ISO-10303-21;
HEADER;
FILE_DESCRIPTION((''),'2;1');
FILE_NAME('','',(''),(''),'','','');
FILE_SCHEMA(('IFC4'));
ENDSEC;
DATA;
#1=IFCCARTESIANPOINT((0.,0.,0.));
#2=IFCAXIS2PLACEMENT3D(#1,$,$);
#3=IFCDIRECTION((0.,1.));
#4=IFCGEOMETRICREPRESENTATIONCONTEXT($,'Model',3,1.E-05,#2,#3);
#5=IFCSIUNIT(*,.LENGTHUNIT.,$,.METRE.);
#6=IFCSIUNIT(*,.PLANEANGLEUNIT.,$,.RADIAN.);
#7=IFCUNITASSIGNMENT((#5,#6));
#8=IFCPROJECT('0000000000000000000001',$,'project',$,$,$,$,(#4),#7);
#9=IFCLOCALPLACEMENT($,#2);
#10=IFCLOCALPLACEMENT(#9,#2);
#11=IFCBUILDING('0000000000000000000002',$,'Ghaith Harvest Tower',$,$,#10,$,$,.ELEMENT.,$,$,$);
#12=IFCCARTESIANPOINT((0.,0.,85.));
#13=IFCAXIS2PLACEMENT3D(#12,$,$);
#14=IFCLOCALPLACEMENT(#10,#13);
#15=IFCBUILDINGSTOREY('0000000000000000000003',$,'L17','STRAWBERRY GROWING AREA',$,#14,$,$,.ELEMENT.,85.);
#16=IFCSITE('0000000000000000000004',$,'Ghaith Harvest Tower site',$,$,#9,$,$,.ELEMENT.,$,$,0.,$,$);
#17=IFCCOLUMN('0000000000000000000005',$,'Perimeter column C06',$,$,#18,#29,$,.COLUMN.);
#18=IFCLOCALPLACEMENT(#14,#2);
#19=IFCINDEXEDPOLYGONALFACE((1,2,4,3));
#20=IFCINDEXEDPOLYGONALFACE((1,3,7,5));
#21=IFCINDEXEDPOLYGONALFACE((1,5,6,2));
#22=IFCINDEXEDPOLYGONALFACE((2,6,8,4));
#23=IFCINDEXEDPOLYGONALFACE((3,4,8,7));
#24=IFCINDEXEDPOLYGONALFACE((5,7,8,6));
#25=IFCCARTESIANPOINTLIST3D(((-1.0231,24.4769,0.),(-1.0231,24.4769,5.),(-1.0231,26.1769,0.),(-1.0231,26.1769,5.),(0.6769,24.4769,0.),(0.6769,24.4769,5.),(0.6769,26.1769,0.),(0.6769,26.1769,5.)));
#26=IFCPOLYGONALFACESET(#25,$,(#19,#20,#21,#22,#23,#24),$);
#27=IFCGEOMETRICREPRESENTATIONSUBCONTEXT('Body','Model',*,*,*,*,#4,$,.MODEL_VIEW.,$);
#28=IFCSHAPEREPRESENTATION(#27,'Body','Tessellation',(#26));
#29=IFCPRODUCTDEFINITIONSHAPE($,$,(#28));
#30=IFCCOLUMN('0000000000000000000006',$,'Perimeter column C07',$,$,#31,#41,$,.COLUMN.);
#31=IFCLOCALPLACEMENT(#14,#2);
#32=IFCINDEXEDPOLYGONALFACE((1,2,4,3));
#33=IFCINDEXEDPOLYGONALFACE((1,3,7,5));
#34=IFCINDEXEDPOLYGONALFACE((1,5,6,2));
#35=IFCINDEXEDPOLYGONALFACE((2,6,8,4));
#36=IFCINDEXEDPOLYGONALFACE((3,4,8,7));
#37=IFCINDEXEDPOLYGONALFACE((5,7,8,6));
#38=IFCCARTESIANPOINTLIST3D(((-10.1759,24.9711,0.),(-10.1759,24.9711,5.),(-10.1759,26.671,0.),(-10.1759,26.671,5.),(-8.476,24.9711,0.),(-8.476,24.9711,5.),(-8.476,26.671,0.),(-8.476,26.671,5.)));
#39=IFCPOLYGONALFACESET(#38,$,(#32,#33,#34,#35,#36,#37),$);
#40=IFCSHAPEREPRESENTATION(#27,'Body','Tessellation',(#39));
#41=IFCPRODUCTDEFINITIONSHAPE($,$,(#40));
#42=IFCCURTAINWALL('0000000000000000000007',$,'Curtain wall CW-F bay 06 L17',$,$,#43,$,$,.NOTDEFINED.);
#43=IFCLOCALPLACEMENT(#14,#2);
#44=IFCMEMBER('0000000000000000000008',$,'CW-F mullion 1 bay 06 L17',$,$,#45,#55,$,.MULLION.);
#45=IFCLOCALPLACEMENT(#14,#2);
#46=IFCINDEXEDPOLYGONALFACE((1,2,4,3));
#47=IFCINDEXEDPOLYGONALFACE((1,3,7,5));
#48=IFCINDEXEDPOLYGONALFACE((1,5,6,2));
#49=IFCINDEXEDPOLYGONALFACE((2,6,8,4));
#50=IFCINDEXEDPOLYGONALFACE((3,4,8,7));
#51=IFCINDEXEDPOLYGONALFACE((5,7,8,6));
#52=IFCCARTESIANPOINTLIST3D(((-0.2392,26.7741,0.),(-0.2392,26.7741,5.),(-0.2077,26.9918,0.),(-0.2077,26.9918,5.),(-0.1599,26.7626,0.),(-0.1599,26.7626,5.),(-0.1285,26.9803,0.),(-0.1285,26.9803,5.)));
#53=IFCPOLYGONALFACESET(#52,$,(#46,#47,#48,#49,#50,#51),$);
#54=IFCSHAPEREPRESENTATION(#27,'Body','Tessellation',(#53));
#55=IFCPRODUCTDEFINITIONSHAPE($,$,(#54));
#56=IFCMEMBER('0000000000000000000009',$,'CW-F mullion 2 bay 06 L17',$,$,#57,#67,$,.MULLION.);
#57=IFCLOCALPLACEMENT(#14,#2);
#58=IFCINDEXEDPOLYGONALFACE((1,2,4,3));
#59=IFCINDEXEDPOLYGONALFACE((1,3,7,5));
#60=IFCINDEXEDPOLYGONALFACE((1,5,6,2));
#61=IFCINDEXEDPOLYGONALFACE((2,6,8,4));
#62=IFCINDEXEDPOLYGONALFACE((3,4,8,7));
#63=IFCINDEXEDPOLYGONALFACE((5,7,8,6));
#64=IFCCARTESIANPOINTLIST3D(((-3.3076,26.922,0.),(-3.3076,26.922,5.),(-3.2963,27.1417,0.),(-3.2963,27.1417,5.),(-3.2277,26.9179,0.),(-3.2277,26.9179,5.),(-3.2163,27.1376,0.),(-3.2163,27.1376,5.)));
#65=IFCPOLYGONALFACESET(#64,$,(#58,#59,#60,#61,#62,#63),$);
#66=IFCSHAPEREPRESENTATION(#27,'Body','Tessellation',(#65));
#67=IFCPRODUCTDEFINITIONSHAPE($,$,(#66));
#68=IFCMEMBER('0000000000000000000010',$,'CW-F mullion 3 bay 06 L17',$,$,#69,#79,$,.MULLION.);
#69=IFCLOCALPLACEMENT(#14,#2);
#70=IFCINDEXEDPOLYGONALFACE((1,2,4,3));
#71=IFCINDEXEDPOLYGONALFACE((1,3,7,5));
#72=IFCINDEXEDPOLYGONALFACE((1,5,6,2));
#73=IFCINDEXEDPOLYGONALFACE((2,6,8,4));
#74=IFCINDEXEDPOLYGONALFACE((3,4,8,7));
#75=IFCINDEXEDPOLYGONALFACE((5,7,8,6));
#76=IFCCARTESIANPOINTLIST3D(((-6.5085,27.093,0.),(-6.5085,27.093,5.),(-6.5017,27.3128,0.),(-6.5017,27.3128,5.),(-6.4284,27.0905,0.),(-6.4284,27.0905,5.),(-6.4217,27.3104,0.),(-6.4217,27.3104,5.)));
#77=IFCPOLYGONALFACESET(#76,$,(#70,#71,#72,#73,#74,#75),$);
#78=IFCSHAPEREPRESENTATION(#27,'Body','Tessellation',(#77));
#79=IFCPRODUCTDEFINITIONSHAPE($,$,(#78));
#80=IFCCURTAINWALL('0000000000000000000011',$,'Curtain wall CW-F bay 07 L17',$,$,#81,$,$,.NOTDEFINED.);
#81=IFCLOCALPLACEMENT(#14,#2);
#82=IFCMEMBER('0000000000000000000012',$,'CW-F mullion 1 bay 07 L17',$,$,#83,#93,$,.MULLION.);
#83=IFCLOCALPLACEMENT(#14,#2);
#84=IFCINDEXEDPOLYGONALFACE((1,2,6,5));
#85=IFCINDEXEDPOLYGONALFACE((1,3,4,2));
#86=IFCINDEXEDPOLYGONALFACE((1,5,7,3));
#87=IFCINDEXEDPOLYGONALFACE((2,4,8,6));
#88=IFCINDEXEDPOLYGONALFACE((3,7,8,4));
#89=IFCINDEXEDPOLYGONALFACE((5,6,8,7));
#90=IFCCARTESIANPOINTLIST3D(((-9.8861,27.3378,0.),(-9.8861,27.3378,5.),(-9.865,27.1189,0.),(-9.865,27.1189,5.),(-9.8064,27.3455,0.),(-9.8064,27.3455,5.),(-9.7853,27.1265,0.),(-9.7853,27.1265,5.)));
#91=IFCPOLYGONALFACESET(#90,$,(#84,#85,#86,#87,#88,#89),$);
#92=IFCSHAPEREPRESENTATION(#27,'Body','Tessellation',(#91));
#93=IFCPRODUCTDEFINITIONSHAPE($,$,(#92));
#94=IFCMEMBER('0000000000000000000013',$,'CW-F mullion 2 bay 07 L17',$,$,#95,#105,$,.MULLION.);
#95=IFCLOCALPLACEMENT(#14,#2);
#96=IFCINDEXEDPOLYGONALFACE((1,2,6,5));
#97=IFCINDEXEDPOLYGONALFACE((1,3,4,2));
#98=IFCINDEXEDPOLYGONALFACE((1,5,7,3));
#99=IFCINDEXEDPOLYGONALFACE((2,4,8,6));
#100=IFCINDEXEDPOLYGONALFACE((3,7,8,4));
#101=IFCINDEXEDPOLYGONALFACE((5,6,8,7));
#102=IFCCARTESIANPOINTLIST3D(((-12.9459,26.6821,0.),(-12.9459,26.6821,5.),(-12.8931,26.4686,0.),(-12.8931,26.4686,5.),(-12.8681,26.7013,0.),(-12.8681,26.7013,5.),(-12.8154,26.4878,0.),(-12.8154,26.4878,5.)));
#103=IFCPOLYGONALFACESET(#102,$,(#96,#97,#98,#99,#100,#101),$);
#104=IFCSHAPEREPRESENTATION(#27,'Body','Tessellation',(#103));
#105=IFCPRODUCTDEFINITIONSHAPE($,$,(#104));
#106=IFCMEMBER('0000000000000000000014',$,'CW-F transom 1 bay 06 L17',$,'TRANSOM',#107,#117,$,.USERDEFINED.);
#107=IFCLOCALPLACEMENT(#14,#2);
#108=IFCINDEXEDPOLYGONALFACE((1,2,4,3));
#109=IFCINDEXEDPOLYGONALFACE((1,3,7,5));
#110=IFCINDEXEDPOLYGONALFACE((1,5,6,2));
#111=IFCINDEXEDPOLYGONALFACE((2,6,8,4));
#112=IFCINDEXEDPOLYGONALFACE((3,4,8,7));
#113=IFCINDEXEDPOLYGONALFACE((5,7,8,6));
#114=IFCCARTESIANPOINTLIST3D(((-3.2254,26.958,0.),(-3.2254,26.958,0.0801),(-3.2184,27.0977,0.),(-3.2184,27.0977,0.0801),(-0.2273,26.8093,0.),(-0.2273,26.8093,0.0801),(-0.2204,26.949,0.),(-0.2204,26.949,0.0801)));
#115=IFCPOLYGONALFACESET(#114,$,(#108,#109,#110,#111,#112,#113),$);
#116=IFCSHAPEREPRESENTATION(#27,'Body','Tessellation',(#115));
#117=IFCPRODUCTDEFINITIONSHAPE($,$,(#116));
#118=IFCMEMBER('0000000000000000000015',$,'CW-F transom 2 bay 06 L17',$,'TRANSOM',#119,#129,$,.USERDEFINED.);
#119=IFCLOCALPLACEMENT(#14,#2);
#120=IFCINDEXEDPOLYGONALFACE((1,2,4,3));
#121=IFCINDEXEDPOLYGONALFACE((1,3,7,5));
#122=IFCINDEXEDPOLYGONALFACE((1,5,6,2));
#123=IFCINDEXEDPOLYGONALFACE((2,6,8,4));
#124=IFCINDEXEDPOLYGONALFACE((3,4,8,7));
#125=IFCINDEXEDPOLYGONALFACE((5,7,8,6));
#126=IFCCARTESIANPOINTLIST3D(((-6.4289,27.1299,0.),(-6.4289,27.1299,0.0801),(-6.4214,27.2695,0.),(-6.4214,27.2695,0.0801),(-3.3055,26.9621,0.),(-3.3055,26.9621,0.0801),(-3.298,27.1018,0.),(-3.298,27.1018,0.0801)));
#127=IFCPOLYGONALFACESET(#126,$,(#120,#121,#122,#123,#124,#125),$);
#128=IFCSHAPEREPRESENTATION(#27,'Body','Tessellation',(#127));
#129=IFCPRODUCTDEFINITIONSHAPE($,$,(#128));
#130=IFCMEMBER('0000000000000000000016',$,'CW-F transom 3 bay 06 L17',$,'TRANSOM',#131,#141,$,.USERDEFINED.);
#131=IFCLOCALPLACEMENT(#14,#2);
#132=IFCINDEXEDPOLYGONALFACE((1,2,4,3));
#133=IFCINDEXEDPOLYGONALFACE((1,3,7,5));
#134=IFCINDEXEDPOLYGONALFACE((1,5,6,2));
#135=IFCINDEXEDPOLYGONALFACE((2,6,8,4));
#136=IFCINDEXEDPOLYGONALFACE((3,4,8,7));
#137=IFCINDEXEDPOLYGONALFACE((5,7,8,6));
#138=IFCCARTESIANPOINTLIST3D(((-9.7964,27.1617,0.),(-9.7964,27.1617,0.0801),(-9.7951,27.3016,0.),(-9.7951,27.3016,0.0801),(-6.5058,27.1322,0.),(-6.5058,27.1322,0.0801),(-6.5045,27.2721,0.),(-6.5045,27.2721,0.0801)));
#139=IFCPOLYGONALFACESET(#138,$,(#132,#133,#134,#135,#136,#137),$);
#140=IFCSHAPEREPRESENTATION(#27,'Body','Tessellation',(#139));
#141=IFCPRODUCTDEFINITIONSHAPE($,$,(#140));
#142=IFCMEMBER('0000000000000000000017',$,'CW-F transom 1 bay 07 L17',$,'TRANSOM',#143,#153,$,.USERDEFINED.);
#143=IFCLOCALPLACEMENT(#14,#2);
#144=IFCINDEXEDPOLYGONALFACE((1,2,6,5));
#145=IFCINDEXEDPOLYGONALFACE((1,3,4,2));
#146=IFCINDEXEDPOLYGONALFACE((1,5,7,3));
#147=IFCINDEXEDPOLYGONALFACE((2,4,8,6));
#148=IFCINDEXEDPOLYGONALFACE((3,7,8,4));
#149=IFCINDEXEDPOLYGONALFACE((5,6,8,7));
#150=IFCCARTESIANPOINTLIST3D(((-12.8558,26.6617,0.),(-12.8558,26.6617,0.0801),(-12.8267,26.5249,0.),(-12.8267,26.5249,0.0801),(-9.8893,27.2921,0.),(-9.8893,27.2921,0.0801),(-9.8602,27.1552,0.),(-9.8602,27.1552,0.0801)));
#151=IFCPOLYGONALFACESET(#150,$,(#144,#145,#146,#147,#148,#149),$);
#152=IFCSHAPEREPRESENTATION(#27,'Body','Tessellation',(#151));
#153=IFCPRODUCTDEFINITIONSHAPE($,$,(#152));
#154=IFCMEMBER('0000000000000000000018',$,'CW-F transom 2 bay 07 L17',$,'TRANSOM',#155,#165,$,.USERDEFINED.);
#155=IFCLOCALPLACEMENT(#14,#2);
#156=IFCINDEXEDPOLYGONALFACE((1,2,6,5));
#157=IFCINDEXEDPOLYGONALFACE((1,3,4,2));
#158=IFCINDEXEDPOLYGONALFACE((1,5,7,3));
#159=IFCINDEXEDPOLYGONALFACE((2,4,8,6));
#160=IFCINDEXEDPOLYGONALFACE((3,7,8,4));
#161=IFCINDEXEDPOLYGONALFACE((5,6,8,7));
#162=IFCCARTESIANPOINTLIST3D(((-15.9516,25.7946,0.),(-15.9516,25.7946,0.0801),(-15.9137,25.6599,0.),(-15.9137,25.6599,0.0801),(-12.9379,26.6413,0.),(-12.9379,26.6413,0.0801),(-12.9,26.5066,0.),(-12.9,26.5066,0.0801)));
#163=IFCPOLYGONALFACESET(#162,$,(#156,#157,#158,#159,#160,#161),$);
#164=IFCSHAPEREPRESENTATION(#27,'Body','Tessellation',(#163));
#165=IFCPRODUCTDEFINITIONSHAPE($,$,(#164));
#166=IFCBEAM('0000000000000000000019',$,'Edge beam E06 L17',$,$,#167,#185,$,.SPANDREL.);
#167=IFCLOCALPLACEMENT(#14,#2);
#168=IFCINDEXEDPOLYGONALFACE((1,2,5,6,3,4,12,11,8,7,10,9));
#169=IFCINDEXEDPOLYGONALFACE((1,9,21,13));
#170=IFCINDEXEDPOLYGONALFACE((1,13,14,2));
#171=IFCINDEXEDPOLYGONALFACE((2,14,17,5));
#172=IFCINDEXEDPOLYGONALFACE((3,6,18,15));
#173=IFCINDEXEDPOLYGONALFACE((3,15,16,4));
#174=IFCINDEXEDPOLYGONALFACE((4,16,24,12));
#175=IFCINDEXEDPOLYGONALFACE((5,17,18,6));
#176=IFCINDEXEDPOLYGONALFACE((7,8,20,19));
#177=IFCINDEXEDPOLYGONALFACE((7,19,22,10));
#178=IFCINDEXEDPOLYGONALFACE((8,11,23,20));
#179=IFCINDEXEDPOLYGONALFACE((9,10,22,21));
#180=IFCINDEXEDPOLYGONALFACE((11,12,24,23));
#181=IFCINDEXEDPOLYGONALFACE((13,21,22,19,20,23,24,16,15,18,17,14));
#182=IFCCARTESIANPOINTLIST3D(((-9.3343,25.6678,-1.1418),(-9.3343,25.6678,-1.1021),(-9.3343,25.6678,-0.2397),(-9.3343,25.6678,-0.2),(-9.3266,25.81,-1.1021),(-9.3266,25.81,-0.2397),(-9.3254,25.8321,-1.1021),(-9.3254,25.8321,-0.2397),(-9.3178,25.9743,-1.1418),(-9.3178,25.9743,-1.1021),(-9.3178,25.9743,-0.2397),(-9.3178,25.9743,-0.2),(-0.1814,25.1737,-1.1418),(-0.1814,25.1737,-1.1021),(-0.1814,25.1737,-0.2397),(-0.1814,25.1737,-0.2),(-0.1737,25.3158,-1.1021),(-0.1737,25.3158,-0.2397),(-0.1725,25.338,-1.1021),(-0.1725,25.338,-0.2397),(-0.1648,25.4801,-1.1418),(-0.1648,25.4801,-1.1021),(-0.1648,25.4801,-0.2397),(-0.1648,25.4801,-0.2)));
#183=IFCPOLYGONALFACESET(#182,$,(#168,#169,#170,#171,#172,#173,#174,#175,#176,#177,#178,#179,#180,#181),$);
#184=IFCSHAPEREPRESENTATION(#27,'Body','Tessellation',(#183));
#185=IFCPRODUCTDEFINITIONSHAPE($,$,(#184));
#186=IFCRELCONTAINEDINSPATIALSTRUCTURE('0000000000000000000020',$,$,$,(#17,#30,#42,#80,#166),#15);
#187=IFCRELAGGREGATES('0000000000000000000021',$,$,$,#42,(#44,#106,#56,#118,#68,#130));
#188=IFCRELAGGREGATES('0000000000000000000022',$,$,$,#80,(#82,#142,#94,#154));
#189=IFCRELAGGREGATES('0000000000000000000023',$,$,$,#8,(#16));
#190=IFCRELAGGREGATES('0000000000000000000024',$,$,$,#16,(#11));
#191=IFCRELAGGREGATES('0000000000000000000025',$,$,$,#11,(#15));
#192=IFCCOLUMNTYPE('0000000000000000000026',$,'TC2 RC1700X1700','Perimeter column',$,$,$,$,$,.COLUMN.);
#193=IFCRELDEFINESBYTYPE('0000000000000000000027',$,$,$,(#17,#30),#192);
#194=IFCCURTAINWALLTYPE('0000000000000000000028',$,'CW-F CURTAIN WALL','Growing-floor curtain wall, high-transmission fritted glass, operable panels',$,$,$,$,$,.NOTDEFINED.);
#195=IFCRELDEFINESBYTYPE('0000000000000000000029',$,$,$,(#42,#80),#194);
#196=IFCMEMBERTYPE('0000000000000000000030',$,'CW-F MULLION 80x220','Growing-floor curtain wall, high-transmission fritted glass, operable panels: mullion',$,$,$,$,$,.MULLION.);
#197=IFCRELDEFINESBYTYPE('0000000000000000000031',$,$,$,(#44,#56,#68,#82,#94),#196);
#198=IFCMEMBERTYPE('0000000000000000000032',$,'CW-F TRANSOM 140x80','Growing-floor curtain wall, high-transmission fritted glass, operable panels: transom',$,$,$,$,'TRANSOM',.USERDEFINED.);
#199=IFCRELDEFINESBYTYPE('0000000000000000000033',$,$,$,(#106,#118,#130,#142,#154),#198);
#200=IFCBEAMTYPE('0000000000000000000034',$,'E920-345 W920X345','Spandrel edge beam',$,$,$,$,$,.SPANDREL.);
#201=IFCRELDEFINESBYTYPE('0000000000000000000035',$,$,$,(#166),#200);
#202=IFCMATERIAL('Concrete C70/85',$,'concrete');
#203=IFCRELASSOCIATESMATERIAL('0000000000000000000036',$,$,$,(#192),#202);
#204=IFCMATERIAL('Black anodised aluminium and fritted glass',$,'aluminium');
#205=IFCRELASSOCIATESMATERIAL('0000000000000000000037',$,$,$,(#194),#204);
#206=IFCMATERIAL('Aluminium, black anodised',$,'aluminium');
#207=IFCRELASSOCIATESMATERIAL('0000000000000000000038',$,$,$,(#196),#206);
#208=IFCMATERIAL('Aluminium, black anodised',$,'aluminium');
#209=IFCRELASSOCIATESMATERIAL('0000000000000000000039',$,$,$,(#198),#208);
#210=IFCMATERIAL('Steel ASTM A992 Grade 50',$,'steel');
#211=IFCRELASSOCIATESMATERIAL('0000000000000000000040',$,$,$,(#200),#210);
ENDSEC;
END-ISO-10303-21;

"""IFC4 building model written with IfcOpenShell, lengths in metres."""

from ifc_helpers import new_model, si_unit, direction, frame, origin, origin_2d, place, context, subcontext, project, spatial, rectangle, i_section, extrude, material, material_profile, profile_set, type_object, element, aggregate, save


model = new_model("IFC4")

# Units and contexts
model_context = context("Model", 3, precision=1e-05, world=origin(), true_north=direction((0.0, 1.0)))
body_context = subcontext(model_context, "Body", "Model", "MODEL_VIEW")
ifc_project = project(units=[si_unit("LENGTHUNIT", "METRE"), si_unit("PLANEANGLEUNIT", "RADIAN")], contexts=[model_context])

# Site, building, storey
site_placement = place(None, origin())
site = spatial("IfcSite", under=ifc_project, at=site_placement, Name="Ghaith Harvest Tower site", CompositionType="ELEMENT", RefElevation=0.0)
building_placement = place(site_placement, origin())
building = spatial("IfcBuilding", under=site, at=building_placement, Name="Ghaith Harvest Tower", CompositionType="ELEMENT")
storey_placement = place(building_placement, frame((0.0, 0.0, 85.0)))
storey = spatial("IfcBuildingStorey", under=building, at=storey_placement, Name="L17", Description="STRAWBERRY GROWING AREA", CompositionType="ELEMENT", Elevation=85.0)

# Columns
ifc_material_1 = material(Name="Concrete C70/85", Category="concrete")
ifc_material_profile_1 = material_profile(ifc_material_1, rectangle(XDim=1.7, YDim=1.7, at=origin_2d()), Name="RC1700X1700")
ifc_profile_set_1 = profile_set([ifc_material_profile_1], Name="Concrete C70/85")
column_type = type_object("IfcColumnType", Name="TC2 RC1700X1700", Description="Perimeter column", PredefinedType="COLUMN", material=ifc_profile_set_1)
for number, where, z_axis, x_axis, name in (
    (1, (-0.1731, 25.3269, 0.0), (0.0, 0.0, 1.0), (1.0, 0.0, 0.0), "Perimeter column C06"),
    (2, (-9.3259, 25.821, 0.0), (0.0, 0.0, 1.0), (1.0, 0.0, 0.0), "Perimeter column C07"),
):
    element("IfcColumn", number, at=place(storey_placement, frame(where, z_axis=z_axis, x_axis=x_axis)), inside=storey, type_object=column_type, Name=name, PredefinedType="COLUMN", context=body_context, shape_type="SweptSolid", body=[
        extrude(rectangle(XDim=1.7, YDim=1.7, at=origin_2d()), origin(), (0.0, 0.0, 1.0), 5.0),
    ])

# Curtain walls, members
ifc_material_2 = material(Name="Black anodised aluminium and fritted glass", Category="aluminium")
curtain_wall_type = type_object("IfcCurtainWallType", Name="CW-F CURTAIN WALL", Description="Growing-floor curtain wall, high-transmission fritted glass, operable panels", PredefinedType="NOTDEFINED", material=ifc_material_2)
curtain_wall_1_placement = place(storey_placement, origin())
curtain_wall_1 = element("IfcCurtainWall", 3, at=curtain_wall_1_placement, inside=storey, type_object=curtain_wall_type, Name="Curtain wall CW-F bay 06 L17", PredefinedType="NOTDEFINED")
ifc_material_3 = material(Name="Aluminium, black anodised", Category="aluminium")
ifc_material_profile_2 = material_profile(ifc_material_3, rectangle(XDim=0.0801, YDim=0.22, at=origin_2d()), Name="CW-F MULLION 80x220")
ifc_profile_set_2 = profile_set([ifc_material_profile_2], Name="Aluminium, black anodised")
member_type_1 = type_object("IfcMemberType", Name="CW-F MULLION 80x220", Description="Growing-floor curtain wall, high-transmission fritted glass, operable panels: mullion", PredefinedType="MULLION", material=ifc_profile_set_2)
member_1_placement = place(storey_placement, frame((-0.1838, 26.8772, 0.0), z_axis=(0.0, 0.0, 1.0), x_axis=(-0.989712, 0.143075, 0.0)))
member_1 = element("IfcMember", 4, at=member_1_placement, type_object=member_type_1, Name="CW-F mullion 1 bay 06 L17", PredefinedType="MULLION", context=body_context, shape_type="SweptSolid", body=[
    extrude(rectangle(XDim=0.0801, YDim=0.22, at=origin_2d()), origin(), (0.0, 0.0, 1.0), 5.0),
])
member_2_placement = place(storey_placement, frame((-3.262, 27.0298, 0.0), z_axis=(0.0, 0.0, 1.0), x_axis=(-0.998667, 0.051618, 0.0)))
member_2 = element("IfcMember", 5, at=member_2_placement, type_object=member_type_1, Name="CW-F mullion 2 bay 06 L17", PredefinedType="MULLION", context=body_context, shape_type="SweptSolid", body=[
    extrude(rectangle(XDim=0.0801, YDim=0.22, at=origin_2d()), origin(), (0.0, 0.0, 1.0), 5.0),
])
member_3_placement = place(storey_placement, frame((-6.4651, 27.2017, 0.0), z_axis=(0.0, 0.0, 1.0), x_axis=(-0.999527, 0.03075, 0.0)))
member_3 = element("IfcMember", 6, at=member_3_placement, type_object=member_type_1, Name="CW-F mullion 3 bay 06 L17", PredefinedType="MULLION", context=body_context, shape_type="SweptSolid", body=[
    extrude(rectangle(XDim=0.0801, YDim=0.22, at=origin_2d()), origin(), (0.0, 0.0, 1.0), 5.0),
])
curtain_wall_2_placement = place(storey_placement, origin())
curtain_wall_2 = element("IfcCurtainWall", 7, at=curtain_wall_2_placement, inside=storey, type_object=curtain_wall_type, Name="Curtain wall CW-F bay 07 L17", PredefinedType="NOTDEFINED")
member_4_placement = place(storey_placement, frame((-9.8357, 27.2322, 0.0), z_axis=(0.0, 0.0, 1.0), x_axis=(-0.995408, -0.095718, 0.0)))
member_4 = element("IfcMember", 8, at=member_4_placement, type_object=member_type_1, Name="CW-F mullion 1 bay 07 L17", PredefinedType="MULLION", context=body_context, shape_type="SweptSolid", body=[
    extrude(rectangle(XDim=0.0801, YDim=0.22, at=origin_2d()), origin(), (0.0, 0.0, 1.0), 5.0),
])
member_5_placement = place(storey_placement, frame((-12.8806, 26.585, 0.0), z_axis=(0.0, 0.0, 1.0), x_axis=(-0.970825, -0.239791, 0.0)))
member_5 = element("IfcMember", 9, at=member_5_placement, type_object=member_type_1, Name="CW-F mullion 2 bay 07 L17", PredefinedType="MULLION", context=body_context, shape_type="SweptSolid", body=[
    extrude(rectangle(XDim=0.0801, YDim=0.22, at=origin_2d()), origin(), (0.0, 0.0, 1.0), 5.0),
])

# Members
ifc_material_4 = material(Name="Aluminium, black anodised", Category="aluminium")
ifc_material_profile_3 = material_profile(ifc_material_4, rectangle(XDim=0.1399, YDim=0.0801, at=origin_2d()), Name="CW-F TRANSOM 140x80")
ifc_profile_set_3 = profile_set([ifc_material_profile_3], Name="Aluminium, black anodised")
member_type_2 = type_object("IfcMemberType", Name="CW-F TRANSOM 140x80", Description="Growing-floor curtain wall, high-transmission fritted glass, operable panels: transom", ElementType="TRANSOM", PredefinedType="USERDEFINED", material=ifc_profile_set_3)
member_6_placement = place(storey_placement, frame((-0.2239, 26.8792, 0.04), z_axis=(-0.998773, 0.049532, 0.0), x_axis=(-0.049532, -0.998773, 0.0)))
member_6 = element("IfcMember", 10, at=member_6_placement, type_object=member_type_2, Name="CW-F transom 1 bay 06 L17", ObjectType="TRANSOM", PredefinedType="USERDEFINED", context=body_context, shape_type="SweptSolid", body=[
    extrude(rectangle(XDim=0.1399, YDim=0.0801, at=origin_2d()), origin(), (0.0, 0.0, 1.0), 3.0017),
])
member_7_placement = place(storey_placement, frame((-3.3018, 27.032, 0.04), z_axis=(-0.998561, 0.05362, 0.0), x_axis=(-0.05362, -0.998561, 0.0)))
member_7 = element("IfcMember", 11, at=member_7_placement, type_object=member_type_2, Name="CW-F transom 2 bay 06 L17", ObjectType="TRANSOM", PredefinedType="USERDEFINED", context=body_context, shape_type="SweptSolid", body=[
    extrude(rectangle(XDim=0.1399, YDim=0.0801, at=origin_2d()), origin(), (0.0, 0.0, 1.0), 3.1279),
])
member_8_placement = place(storey_placement, frame((-6.5051, 27.2021, 0.04), z_axis=(-0.99996, 0.008977, 0.0), x_axis=(-0.008977, -0.99996, 0.0)))
member_8 = element("IfcMember", 12, at=member_8_placement, type_object=member_type_2, Name="CW-F transom 3 bay 06 L17", ObjectType="TRANSOM", PredefinedType="USERDEFINED", context=body_context, shape_type="SweptSolid", body=[
    extrude(rectangle(XDim=0.1399, YDim=0.0801, at=origin_2d()), origin(), (0.0, 0.0, 1.0), 3.2908),
])
member_9_placement = place(storey_placement, frame((-9.8748, 27.2236, 0.04), z_axis=(-0.97816, -0.207852, 0.0), x_axis=(0.207852, -0.97816, 0.0)))
member_9 = element("IfcMember", 13, at=member_9_placement, type_object=member_type_2, Name="CW-F transom 1 bay 07 L17", ObjectType="TRANSOM", PredefinedType="USERDEFINED", context=body_context, shape_type="SweptSolid", body=[
    extrude(rectangle(XDim=0.1399, YDim=0.0801, at=origin_2d()), origin(), (0.0, 0.0, 1.0), 3.0327),
])
member_10_placement = place(storey_placement, frame((-12.9189, 26.574, 0.04), z_axis=(-0.962727, -0.270475, 0.0), x_axis=(0.270475, -0.962727, 0.0)))
member_10 = element("IfcMember", 14, at=member_10_placement, type_object=member_type_2, Name="CW-F transom 2 bay 07 L17", ObjectType="TRANSOM", PredefinedType="USERDEFINED", context=body_context, shape_type="SweptSolid", body=[
    extrude(rectangle(XDim=0.1399, YDim=0.0801, at=origin_2d()), origin(), (0.0, 0.0, 1.0), 3.1304),
])

# Beam
ifc_material_5 = material(Name="Steel ASTM A992 Grade 50", Category="steel")
ifc_material_profile_4 = material_profile(ifc_material_5, i_section(OverallWidth=0.3069, OverallDepth=0.9419, WebThickness=0.0222, FlangeThickness=0.0398, at=origin_2d()), Name="W920X345")
ifc_profile_set_4 = profile_set([ifc_material_profile_4], Name="Steel ASTM A992 Grade 50")
beam_type_1 = type_object("IfcBeamType", Name="E920-345 W920X345", Description="Spandrel edge beam", PredefinedType="SPANDREL", material=ifc_profile_set_4)
beam_1_placement = place(storey_placement, frame((-0.1731, 25.3269, -0.6709), z_axis=(-0.998546, 0.053909, 0.0), x_axis=(-0.053909, -0.998546, 0.0)))
element("IfcBeam", 15, at=beam_1_placement, inside=storey, type_object=beam_type_1, Name="Edge beam E06 L17", PredefinedType="SPANDREL", context=body_context, shape_type="SweptSolid", body=[
    extrude(i_section(OverallWidth=0.3069, OverallDepth=0.9419, WebThickness=0.0222, FlangeThickness=0.0398, at=origin_2d()), origin(), (0.0, 0.0, 1.0), 9.1663),
])

aggregate(curtain_wall_1, [member_1, member_6, member_2, member_7, member_3, member_8])
aggregate(curtain_wall_2, [member_4, member_9, member_5, member_10])

save(model, "model.ifc")
